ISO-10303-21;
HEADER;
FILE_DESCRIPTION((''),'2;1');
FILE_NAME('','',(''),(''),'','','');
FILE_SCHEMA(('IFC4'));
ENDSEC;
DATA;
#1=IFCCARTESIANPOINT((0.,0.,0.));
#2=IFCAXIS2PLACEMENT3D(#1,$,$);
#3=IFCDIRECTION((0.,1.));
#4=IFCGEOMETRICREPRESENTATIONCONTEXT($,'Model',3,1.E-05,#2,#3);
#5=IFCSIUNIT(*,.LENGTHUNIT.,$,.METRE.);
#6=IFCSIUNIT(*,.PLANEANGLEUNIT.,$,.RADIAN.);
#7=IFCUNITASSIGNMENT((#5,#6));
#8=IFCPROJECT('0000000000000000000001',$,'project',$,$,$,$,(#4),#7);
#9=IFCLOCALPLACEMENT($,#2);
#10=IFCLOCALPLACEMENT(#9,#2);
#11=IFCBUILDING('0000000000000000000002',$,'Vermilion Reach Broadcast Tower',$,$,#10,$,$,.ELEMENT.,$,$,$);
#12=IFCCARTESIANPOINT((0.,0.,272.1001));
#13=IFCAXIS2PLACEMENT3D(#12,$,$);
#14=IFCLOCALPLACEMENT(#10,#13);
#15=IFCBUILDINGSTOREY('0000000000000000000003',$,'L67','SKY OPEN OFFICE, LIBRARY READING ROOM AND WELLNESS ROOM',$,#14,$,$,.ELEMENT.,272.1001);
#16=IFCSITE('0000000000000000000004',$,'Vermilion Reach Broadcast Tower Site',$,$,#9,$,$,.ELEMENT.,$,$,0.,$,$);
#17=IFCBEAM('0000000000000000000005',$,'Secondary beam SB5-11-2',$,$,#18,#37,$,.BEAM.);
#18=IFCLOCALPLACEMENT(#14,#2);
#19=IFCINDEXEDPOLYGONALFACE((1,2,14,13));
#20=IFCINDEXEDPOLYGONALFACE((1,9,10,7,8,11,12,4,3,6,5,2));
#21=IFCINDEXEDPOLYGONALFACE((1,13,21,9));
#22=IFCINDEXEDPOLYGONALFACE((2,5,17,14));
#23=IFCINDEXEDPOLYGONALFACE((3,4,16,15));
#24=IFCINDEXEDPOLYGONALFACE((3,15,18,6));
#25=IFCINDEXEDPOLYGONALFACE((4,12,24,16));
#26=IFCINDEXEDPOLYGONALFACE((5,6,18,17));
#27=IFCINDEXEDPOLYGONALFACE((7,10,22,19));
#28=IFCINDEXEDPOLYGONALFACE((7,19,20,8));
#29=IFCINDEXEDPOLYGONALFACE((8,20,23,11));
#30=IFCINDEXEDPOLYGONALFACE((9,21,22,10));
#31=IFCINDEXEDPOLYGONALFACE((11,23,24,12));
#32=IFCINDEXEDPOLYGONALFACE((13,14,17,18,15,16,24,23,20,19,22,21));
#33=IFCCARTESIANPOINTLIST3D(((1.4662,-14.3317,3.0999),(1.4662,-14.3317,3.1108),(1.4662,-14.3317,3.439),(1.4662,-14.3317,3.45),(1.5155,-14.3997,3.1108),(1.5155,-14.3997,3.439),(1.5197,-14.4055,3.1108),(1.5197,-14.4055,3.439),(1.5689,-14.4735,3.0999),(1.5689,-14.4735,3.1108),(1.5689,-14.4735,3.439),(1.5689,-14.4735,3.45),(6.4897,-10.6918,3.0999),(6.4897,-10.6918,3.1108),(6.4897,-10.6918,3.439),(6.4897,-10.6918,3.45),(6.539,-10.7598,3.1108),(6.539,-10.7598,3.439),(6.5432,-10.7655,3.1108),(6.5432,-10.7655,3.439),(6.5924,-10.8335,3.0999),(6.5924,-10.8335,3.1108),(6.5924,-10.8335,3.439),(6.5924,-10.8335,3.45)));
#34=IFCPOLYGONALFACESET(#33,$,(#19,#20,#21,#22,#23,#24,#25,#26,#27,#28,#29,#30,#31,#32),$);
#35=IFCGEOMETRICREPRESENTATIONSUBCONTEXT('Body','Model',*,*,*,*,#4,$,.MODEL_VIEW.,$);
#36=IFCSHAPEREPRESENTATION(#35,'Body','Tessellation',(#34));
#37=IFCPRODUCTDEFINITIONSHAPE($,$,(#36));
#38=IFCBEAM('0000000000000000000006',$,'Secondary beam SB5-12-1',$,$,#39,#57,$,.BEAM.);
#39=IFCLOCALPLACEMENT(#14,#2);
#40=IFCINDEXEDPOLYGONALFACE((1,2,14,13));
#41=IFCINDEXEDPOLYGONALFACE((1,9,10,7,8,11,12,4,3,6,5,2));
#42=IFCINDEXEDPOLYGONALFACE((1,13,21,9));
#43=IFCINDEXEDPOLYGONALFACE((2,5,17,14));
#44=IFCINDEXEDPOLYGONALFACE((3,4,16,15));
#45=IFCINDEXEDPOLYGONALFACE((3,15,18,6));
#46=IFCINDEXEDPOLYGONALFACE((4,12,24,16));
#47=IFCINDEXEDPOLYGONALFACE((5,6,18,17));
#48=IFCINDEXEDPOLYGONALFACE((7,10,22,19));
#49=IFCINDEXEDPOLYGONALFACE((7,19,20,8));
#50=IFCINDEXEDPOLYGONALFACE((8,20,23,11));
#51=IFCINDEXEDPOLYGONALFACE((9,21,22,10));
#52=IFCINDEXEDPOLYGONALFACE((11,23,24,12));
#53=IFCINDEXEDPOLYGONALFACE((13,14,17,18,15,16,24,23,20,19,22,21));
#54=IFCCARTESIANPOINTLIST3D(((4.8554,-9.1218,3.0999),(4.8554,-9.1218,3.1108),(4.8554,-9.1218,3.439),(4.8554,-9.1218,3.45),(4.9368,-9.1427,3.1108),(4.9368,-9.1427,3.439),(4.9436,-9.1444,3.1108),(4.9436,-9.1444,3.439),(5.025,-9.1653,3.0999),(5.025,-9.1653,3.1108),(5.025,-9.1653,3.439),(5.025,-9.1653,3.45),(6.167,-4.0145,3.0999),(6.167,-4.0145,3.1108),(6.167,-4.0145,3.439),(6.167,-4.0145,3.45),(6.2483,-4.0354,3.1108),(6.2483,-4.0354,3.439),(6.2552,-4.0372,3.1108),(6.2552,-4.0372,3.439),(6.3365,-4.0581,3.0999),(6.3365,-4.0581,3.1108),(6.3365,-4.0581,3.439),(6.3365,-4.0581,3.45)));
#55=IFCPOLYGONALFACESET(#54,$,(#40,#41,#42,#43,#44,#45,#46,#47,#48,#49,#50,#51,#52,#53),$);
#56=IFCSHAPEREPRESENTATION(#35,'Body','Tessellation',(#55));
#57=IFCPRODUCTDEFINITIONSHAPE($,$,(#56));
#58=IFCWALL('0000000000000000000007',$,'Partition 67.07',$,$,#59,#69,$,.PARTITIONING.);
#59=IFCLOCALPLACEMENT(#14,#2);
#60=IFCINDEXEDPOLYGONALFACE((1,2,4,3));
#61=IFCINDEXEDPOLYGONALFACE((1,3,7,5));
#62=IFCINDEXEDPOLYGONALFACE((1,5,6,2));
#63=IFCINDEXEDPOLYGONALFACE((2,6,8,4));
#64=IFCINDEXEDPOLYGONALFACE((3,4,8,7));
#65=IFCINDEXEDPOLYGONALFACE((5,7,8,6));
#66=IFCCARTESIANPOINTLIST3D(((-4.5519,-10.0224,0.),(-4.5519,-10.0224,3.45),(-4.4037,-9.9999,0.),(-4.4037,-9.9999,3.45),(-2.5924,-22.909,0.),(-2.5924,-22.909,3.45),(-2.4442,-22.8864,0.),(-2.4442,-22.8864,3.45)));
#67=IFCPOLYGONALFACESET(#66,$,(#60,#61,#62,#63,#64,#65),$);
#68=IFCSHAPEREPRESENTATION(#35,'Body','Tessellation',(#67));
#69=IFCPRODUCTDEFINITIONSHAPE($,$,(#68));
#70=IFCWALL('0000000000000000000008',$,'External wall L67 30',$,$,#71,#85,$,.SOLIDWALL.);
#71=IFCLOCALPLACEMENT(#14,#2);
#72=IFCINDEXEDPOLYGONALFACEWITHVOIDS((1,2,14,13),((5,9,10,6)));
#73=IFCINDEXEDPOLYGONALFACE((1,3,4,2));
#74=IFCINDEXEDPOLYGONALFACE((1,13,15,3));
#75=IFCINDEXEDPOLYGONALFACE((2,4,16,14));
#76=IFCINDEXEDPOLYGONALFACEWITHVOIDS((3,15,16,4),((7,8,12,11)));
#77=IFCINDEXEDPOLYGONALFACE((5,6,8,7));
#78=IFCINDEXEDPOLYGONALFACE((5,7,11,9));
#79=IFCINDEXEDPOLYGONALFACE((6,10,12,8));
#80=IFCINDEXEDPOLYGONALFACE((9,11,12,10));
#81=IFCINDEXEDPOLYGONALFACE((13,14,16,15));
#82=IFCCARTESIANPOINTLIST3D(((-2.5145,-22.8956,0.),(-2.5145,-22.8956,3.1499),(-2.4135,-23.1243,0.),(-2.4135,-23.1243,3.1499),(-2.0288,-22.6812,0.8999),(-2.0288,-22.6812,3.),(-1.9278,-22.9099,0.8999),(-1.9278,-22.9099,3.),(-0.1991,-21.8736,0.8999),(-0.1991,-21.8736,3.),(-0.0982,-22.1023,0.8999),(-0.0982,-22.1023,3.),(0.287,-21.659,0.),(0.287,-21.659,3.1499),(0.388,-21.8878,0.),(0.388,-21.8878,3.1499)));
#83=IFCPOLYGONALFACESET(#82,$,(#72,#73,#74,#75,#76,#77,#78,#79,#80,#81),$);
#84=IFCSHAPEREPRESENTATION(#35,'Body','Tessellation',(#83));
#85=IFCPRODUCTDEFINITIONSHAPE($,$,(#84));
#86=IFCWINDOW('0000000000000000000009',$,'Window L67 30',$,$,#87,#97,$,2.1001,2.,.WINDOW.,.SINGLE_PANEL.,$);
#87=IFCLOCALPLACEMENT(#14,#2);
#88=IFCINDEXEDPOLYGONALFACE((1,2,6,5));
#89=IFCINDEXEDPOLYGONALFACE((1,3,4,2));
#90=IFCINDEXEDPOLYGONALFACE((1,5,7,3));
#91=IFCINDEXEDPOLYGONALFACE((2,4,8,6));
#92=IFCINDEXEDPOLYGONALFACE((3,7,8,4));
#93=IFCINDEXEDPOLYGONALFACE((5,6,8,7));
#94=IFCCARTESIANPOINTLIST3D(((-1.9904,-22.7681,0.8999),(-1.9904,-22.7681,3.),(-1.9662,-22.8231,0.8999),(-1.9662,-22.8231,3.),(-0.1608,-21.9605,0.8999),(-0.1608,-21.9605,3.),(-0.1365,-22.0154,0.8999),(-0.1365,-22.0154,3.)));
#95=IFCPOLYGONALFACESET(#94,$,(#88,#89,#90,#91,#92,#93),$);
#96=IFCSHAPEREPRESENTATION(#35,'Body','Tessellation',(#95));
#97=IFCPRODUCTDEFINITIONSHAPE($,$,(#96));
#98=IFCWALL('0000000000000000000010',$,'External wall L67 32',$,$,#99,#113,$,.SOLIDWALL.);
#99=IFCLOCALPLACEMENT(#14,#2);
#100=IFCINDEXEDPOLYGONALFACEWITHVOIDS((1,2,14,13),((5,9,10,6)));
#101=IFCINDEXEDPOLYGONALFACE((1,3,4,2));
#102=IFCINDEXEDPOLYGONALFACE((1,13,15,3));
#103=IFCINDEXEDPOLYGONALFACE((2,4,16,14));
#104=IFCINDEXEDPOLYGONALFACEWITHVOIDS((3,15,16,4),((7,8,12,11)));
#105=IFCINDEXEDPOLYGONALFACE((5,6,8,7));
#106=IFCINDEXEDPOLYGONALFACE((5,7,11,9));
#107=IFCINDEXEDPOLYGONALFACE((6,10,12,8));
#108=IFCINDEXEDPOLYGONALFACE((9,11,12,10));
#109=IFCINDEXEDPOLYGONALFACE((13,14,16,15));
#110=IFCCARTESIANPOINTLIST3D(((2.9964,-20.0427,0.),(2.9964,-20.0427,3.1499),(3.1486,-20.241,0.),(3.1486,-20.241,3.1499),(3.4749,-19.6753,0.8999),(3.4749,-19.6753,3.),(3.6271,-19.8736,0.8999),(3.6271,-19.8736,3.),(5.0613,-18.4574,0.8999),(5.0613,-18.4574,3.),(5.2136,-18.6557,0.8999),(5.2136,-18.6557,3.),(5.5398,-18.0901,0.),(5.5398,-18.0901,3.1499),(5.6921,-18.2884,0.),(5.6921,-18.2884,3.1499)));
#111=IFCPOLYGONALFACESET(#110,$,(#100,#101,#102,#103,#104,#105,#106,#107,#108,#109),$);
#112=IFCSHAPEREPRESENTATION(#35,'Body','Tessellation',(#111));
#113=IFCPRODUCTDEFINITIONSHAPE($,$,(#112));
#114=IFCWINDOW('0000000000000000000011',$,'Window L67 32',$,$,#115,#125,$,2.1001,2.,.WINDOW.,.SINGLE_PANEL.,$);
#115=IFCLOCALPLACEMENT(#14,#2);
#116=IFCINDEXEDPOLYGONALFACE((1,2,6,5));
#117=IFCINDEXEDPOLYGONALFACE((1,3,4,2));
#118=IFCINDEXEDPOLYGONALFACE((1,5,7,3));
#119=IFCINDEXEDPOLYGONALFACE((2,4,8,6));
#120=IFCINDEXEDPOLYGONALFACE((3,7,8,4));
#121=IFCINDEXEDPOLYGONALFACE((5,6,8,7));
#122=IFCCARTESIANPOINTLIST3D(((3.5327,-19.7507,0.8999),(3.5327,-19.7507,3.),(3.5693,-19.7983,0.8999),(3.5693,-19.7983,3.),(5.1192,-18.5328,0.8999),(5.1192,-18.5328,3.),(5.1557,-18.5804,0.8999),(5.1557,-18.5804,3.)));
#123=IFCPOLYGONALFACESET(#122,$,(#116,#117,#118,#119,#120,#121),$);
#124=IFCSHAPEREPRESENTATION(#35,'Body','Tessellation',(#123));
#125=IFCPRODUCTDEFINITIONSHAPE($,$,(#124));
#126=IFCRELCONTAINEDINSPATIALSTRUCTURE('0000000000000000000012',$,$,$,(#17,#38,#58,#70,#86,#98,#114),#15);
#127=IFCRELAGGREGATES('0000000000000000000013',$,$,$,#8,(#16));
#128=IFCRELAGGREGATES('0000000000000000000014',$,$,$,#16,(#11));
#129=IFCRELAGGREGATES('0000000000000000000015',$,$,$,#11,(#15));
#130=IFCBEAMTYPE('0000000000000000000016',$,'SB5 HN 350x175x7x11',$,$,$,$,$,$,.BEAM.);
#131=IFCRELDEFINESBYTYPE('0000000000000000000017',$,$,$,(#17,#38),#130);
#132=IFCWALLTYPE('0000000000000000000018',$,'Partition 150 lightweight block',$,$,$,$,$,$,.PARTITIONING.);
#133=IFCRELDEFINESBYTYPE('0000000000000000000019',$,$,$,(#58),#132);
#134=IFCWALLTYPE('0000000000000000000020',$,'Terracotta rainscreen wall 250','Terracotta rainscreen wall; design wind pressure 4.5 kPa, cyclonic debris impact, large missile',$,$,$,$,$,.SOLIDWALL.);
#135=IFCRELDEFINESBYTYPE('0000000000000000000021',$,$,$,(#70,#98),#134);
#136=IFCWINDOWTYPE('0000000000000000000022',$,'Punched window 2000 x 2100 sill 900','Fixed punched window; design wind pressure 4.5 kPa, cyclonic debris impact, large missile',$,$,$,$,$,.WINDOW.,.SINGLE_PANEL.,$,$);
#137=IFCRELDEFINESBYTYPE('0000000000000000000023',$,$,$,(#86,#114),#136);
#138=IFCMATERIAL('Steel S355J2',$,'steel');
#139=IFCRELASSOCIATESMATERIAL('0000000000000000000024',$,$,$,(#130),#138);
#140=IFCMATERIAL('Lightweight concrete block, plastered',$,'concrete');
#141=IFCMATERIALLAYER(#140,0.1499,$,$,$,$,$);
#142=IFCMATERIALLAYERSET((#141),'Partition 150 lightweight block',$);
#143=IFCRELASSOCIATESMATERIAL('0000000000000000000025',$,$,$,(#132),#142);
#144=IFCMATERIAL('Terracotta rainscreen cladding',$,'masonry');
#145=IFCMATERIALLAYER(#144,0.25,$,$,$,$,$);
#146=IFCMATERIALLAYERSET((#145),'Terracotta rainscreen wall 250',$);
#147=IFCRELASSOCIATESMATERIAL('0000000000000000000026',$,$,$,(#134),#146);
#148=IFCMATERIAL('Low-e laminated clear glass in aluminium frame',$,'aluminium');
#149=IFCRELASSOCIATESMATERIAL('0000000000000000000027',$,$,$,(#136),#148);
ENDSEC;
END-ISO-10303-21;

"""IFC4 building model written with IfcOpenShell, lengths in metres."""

from ifc_helpers import new_model, si_unit, direction, frame, frame_2d, origin, origin_2d, place, context, subcontext, project, spatial, rectangle, i_section, extrude, material, layer, layer_set, material_profile, profile_set, type_object, element, fill, save


model = new_model("IFC4")

# Units and contexts
model_context = context("Model", 3, precision=1e-05, world=origin(), true_north=direction((0.0, 1.0)))
body_context = subcontext(model_context, "Body", "Model", "MODEL_VIEW")
ifc_project = project(units=[si_unit("LENGTHUNIT", "METRE"), si_unit("PLANEANGLEUNIT", "RADIAN")], contexts=[model_context])

# Site, building, storey
site_placement = place(None, origin())
site = spatial("IfcSite", under=ifc_project, at=site_placement, Name="Vermilion Reach Broadcast Tower Site", CompositionType="ELEMENT", RefElevation=0.0)
building_placement = place(site_placement, origin())
building = spatial("IfcBuilding", under=site, at=building_placement, Name="Vermilion Reach Broadcast Tower", CompositionType="ELEMENT")
storey_placement = place(building_placement, frame((0.0, 0.0, 272.1001)))
storey = spatial("IfcBuildingStorey", under=building, at=storey_placement, Name="L67", Description="SKY OPEN OFFICE, LIBRARY READING ROOM AND WELLNESS ROOM", CompositionType="ELEMENT", Elevation=272.1001)

# Beams
ifc_material_1 = material(Name="Steel S355J2", Category="steel")
ifc_material_profile_1 = material_profile(ifc_material_1, i_section(OverallWidth=0.175, OverallDepth=0.3501, WebThickness=0.0071, FlangeThickness=0.011, at=origin_2d()), Name="S355J2 HN 350x175x7x11")
ifc_profile_set_1 = profile_set([ifc_material_profile_1], Name="Steel S355J2")
beam_type_1 = type_object("IfcBeamType", Name="SB5 HN 350x175x7x11", PredefinedType="BEAM", material=ifc_profile_set_1)
beam_1_placement = place(storey_placement, frame((1.5176, -14.4026, 3.2749), z_axis=(0.809771, 0.586746, 0.0), x_axis=(-0.586746, 0.809771, 0.0)))
element("IfcBeam", 1, at=beam_1_placement, inside=storey, type_object=beam_type_1, Name="Secondary beam SB5-11-2", PredefinedType="BEAM", context=body_context, shape_type="SweptSolid", body=[
    extrude(i_section(OverallWidth=0.175, OverallDepth=0.3501, WebThickness=0.0071, FlangeThickness=0.011, at=origin_2d()), origin(), (0.0, 0.0, 1.0), 6.2036),
])
beam_2_placement = place(storey_placement, frame((4.9402, -9.1436, 3.2749), z_axis=(0.24873, 0.968573, 0.0), x_axis=(-0.968573, 0.24873, 0.0)))
element("IfcBeam", 2, at=beam_2_placement, inside=storey, type_object=beam_type_1, Name="Secondary beam SB5-12-1", PredefinedType="BEAM", context=body_context, shape_type="SweptSolid", body=[
    extrude(i_section(OverallWidth=0.175, OverallDepth=0.3501, WebThickness=0.0071, FlangeThickness=0.011, at=origin_2d()), origin(), (0.0, 0.0, 1.0), 5.2729),
])

# Wall
ifc_material_2 = material(Name="Lightweight concrete block, plastered", Category="concrete")
ifc_layer_1 = layer(ifc_material_2, 0.1499)
ifc_layer_set_1 = layer_set([ifc_layer_1], Name="Partition 150 lightweight block")
wall_type_1 = type_object("IfcWallType", Name="Partition 150 lightweight block", PredefinedType="PARTITIONING", material=ifc_layer_set_1)
wall_1_placement = place(storey_placement, frame((-2.5183, -22.8977, 0.0), z_axis=(0.0, 0.0, 1.0), x_axis=(-0.150329, 0.988636, 0.0)))
element("IfcWall", 3, at=wall_1_placement, inside=storey, type_object=wall_type_1, Name="Partition 67.07", PredefinedType="PARTITIONING", context=body_context, shape_type="SweptSolid", body=[
    extrude(rectangle(XDim=13.0347, YDim=0.1499, at=frame_2d((6.5173, 0.0))), origin(), (0.0, 0.0, 1.0), 3.45),
])

# Wall, opening, window
ifc_material_3 = material(Name="Terracotta rainscreen cladding", Category="masonry")
ifc_layer_2 = layer(ifc_material_3, 0.25)
ifc_layer_set_2 = layer_set([ifc_layer_2], Name="Terracotta rainscreen wall 250")
wall_type_2 = type_object("IfcWallType", Name="Terracotta rainscreen wall 250", Description="Terracotta rainscreen wall; design wind pressure 4.5 kPa, cyclonic debris impact, large missile", PredefinedType="SOLIDWALL", material=ifc_layer_set_2)
wall_2_placement = place(storey_placement, frame((-2.4641, -23.01, 0.0), z_axis=(0.0, 0.0, 1.0), x_axis=(0.914844, 0.403807, 0.0)))
wall_2 = element("IfcWall", 4, at=wall_2_placement, inside=storey, type_object=wall_type_2, Name="External wall L67 30", PredefinedType="SOLIDWALL", context=body_context, shape_type="SweptSolid", body=[
    extrude(rectangle(XDim=3.0623, YDim=0.25, at=frame_2d((1.5312, 0.0))), origin(), (0.0, 0.0, 1.0), 3.1499),
])
opening_1_placement = place(wall_2_placement, frame((0.531, 0.0, 0.8999)))
opening_1 = element("IfcOpeningElement", 5, at=opening_1_placement, cuts=wall_2, PredefinedType="OPENING", context=body_context, shape_type="SweptSolid", body=[
    extrude(rectangle(XDim=2.0, YDim=2.1001, at=frame_2d((1.0, 1.05))), frame((0.0, 0.135, 0.0), z_axis=(0.0, -1.0, 0.0), x_axis=(1.0, 0.0, 0.0)), (0.0, 0.0, 1.0), 0.27),
])
ifc_material_4 = material(Name="Low-e laminated clear glass in aluminium frame", Category="aluminium")
window_type = type_object("IfcWindowType", Name="Punched window 2000 x 2100 sill 900", Description="Fixed punched window; design wind pressure 4.5 kPa, cyclonic debris impact, large missile", PartitioningType="SINGLE_PANEL", PredefinedType="WINDOW", material=ifc_material_4)
window_1_placement = place(opening_1_placement, origin())
window_1 = element("IfcWindow", 6, at=window_1_placement, inside=storey, type_object=window_type, Name="Window L67 30", OverallHeight=2.1001, OverallWidth=2.0, PartitioningType="SINGLE_PANEL", PredefinedType="WINDOW", context=body_context, shape_type="SweptSolid", body=[
    extrude(rectangle(XDim=2.0, YDim=2.1001, at=frame_2d((1.0, 1.05))), frame((0.0, 0.03, 0.0), z_axis=(0.0, -1.0, 0.0), x_axis=(1.0, 0.0, 0.0)), (0.0, 0.0, 1.0), 0.0601),
])
fill(opening_1, window_1)

# Wall, opening, window
wall_3_placement = place(storey_placement, frame((3.0725, -20.1418, 0.0), z_axis=(0.0, 0.0, 1.0), x_axis=(0.793207, 0.608952, 0.0)))
wall_3 = element("IfcWall", 7, at=wall_3_placement, inside=storey, type_object=wall_type_2, Name="External wall L67 32", PredefinedType="SOLIDWALL", context=body_context, shape_type="SweptSolid", body=[
    extrude(rectangle(XDim=3.2065, YDim=0.25, at=frame_2d((1.6033, 0.0))), origin(), (0.0, 0.0, 1.0), 3.1499),
])
opening_2_placement = place(wall_3_placement, frame((0.6033, 0.0, 0.8999)))
opening_2 = element("IfcOpeningElement", 8, at=opening_2_placement, cuts=wall_3, PredefinedType="OPENING", context=body_context, shape_type="SweptSolid", body=[
    extrude(rectangle(XDim=2.0, YDim=2.1001, at=frame_2d((1.0, 1.05))), frame((0.0, 0.135, 0.0), z_axis=(0.0, -1.0, 0.0), x_axis=(1.0, 0.0, 0.0)), (0.0, 0.0, 1.0), 0.27),
])
window_2_placement = place(opening_2_placement, origin())
window_2 = element("IfcWindow", 9, at=window_2_placement, inside=storey, type_object=window_type, Name="Window L67 32", OverallHeight=2.1001, OverallWidth=2.0, PartitioningType="SINGLE_PANEL", PredefinedType="WINDOW", context=body_context, shape_type="SweptSolid", body=[
    extrude(rectangle(XDim=2.0, YDim=2.1001, at=frame_2d((1.0, 1.05))), frame((0.0, 0.03, 0.0), z_axis=(0.0, -1.0, 0.0), x_axis=(1.0, 0.0, 0.0)), (0.0, 0.0, 1.0), 0.0601),
])
fill(opening_2, window_2)

save(model, "model.ifc")
